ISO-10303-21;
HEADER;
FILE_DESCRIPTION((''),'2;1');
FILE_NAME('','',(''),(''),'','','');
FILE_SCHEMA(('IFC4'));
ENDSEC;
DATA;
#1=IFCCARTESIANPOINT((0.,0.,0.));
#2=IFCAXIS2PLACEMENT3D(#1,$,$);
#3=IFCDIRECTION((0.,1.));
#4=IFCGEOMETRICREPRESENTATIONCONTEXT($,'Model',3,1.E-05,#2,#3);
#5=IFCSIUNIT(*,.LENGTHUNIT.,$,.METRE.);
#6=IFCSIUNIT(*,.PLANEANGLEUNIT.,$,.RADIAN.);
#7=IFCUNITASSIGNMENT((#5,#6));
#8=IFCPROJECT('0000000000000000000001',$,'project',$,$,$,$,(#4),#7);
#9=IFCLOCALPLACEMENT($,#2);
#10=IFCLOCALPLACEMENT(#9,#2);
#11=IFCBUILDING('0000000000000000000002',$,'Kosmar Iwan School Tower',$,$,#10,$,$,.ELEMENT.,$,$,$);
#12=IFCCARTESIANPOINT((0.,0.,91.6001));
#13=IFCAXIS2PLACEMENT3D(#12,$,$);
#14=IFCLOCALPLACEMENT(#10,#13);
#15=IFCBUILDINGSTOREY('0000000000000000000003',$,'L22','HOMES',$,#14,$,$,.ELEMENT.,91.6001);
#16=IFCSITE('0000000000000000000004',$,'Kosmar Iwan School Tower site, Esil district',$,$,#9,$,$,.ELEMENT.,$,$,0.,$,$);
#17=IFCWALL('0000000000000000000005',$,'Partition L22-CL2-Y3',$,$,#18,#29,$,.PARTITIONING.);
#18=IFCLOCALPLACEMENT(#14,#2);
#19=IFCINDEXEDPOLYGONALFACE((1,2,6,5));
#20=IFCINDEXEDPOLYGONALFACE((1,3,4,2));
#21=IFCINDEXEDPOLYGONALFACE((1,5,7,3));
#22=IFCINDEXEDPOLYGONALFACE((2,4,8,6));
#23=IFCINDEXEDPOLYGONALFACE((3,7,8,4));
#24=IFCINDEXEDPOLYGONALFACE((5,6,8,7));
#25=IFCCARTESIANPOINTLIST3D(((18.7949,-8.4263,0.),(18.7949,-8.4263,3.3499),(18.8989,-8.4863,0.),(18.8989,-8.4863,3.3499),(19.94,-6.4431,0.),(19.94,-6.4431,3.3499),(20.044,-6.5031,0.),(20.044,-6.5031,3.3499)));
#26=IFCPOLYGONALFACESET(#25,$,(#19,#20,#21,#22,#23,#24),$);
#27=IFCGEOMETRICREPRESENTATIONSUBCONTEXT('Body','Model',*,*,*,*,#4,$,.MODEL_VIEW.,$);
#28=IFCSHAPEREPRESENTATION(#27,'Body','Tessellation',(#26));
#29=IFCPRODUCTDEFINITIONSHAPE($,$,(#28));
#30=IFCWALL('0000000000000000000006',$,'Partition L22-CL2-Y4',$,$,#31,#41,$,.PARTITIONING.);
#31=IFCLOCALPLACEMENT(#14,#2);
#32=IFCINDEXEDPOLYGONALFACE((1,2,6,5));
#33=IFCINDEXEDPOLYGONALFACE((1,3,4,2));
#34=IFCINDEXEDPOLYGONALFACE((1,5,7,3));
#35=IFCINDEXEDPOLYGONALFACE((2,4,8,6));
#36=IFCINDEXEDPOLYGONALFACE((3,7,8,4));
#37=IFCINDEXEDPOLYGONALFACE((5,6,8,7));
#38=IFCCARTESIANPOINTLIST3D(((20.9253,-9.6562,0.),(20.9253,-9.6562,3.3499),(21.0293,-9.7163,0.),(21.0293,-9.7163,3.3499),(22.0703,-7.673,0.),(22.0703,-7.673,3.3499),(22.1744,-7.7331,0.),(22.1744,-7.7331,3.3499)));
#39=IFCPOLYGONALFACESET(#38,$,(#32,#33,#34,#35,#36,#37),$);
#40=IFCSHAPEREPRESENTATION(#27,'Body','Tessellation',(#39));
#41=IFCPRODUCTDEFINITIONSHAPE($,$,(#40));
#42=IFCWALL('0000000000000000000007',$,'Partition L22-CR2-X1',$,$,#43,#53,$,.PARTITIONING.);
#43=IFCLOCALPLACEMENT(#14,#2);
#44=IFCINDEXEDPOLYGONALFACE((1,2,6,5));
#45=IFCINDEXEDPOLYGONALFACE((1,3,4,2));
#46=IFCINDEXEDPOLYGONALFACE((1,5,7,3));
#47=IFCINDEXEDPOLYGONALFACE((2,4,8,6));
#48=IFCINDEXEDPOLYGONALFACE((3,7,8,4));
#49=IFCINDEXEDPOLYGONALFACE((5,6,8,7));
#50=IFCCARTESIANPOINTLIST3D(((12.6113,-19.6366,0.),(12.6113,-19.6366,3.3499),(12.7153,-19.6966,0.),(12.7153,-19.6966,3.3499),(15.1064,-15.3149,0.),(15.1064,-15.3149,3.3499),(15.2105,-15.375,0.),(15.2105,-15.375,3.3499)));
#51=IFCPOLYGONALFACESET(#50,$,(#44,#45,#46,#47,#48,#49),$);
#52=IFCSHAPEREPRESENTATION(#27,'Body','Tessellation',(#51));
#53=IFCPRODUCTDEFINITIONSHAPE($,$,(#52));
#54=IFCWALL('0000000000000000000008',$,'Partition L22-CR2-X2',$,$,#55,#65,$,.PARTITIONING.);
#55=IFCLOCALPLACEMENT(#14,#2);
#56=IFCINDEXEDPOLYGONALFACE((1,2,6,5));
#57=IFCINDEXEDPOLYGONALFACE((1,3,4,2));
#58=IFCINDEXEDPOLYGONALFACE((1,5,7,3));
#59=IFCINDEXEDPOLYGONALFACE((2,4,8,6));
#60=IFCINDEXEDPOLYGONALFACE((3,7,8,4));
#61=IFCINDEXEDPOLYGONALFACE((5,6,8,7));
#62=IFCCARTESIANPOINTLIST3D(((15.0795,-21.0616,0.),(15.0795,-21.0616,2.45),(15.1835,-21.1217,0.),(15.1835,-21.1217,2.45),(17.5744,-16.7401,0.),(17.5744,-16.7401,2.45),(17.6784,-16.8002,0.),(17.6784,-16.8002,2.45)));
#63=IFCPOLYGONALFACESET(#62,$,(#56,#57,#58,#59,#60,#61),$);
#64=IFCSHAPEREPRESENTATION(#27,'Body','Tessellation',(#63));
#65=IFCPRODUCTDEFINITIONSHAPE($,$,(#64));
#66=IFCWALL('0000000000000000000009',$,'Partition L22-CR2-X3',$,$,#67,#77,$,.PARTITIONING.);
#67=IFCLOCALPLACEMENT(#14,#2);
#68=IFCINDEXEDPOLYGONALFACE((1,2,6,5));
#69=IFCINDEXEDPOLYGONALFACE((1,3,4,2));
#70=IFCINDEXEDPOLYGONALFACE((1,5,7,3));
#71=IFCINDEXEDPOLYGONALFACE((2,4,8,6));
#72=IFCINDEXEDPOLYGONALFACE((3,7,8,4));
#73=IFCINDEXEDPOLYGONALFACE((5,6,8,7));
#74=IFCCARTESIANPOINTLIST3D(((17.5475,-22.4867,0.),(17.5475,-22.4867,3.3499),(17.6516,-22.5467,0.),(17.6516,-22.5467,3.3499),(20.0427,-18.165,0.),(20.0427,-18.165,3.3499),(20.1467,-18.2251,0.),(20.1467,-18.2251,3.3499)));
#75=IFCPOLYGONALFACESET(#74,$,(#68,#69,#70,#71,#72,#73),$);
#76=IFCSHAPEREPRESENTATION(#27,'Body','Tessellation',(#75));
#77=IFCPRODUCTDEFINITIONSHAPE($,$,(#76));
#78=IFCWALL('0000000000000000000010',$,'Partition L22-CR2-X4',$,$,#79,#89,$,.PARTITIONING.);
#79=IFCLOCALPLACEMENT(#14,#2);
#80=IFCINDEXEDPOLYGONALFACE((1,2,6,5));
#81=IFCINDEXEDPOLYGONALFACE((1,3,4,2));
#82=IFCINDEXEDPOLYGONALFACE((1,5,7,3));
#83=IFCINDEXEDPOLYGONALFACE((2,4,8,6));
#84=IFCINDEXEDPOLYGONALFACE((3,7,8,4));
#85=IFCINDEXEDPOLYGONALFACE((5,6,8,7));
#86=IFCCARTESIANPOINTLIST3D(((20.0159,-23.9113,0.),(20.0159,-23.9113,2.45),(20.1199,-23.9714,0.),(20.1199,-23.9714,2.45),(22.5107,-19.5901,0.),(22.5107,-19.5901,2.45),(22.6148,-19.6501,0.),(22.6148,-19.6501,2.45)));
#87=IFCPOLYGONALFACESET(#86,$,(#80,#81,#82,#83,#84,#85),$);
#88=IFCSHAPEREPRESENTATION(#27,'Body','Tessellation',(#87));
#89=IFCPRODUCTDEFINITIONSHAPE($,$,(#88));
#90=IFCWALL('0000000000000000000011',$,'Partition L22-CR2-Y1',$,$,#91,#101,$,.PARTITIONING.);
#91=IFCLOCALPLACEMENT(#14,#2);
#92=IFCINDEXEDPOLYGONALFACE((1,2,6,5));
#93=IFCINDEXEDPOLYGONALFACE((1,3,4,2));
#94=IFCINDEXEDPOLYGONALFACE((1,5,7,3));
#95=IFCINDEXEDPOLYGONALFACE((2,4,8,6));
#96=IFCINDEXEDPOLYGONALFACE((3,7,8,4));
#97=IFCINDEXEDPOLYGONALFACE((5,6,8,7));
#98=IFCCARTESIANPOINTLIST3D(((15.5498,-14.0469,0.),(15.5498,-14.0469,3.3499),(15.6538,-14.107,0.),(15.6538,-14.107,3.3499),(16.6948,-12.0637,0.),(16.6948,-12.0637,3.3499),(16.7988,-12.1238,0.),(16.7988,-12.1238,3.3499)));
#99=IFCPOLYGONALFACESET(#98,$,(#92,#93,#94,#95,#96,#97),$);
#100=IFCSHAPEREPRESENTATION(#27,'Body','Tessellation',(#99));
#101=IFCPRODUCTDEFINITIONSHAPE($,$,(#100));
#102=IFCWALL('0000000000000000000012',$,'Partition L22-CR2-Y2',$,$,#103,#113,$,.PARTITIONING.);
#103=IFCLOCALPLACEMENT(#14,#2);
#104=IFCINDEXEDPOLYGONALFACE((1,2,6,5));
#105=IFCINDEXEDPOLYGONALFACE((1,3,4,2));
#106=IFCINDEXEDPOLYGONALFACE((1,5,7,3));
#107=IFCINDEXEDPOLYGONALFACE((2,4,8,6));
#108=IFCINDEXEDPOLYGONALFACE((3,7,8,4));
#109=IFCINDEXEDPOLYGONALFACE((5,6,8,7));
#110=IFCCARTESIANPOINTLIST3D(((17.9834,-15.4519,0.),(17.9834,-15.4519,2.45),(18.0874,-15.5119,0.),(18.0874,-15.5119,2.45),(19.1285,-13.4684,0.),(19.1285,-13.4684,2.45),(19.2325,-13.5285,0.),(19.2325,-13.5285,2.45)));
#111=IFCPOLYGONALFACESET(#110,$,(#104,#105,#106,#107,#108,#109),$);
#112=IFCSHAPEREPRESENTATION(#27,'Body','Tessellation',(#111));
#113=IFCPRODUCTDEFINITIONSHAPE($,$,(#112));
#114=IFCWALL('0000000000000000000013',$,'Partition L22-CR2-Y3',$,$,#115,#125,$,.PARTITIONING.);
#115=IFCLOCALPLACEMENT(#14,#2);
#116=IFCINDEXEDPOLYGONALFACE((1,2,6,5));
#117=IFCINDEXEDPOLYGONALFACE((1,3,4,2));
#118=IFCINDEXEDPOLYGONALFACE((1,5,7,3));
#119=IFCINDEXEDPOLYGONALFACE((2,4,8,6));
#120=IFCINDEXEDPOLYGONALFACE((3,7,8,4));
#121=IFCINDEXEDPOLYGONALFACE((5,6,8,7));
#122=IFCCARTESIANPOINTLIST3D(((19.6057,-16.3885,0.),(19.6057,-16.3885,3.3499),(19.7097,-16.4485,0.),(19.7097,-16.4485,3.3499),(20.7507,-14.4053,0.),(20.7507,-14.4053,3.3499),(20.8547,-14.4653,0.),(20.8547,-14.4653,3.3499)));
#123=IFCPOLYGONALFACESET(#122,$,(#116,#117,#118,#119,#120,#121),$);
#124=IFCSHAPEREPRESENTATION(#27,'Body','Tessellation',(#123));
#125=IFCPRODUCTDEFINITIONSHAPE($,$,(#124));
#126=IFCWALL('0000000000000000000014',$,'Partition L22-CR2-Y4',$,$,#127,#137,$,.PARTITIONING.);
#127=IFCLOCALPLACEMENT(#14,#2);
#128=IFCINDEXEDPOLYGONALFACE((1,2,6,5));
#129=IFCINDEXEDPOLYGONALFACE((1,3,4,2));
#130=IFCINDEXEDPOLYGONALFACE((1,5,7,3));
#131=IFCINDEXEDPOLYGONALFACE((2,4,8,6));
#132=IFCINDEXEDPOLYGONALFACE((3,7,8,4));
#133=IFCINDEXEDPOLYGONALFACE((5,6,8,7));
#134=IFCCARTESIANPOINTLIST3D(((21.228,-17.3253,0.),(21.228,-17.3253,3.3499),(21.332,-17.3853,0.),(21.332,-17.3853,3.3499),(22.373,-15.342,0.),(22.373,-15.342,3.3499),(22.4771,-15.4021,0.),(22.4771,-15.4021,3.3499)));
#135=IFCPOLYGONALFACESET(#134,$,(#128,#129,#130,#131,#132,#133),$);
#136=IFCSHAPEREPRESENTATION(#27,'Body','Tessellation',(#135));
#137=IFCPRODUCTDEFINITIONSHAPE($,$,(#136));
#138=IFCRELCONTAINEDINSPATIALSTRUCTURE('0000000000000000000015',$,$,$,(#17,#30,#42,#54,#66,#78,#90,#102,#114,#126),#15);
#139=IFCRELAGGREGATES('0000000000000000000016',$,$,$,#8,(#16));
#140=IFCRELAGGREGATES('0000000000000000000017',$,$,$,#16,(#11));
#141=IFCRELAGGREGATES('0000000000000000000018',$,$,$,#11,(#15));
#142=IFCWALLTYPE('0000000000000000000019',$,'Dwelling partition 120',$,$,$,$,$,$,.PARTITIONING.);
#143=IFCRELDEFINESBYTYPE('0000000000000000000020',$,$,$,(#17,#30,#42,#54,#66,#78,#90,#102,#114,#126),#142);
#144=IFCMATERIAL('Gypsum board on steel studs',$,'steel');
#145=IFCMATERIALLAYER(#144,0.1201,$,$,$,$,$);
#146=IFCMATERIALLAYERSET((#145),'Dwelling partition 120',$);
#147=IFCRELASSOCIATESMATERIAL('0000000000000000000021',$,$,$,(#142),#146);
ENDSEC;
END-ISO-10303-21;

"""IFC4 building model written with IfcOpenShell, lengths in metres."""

from ifc_helpers import new_model, si_unit, direction, frame, frame_2d, origin, place, context, subcontext, project, spatial, rectangle, extrude, material, layer, layer_set, type_object, element, save


model = new_model("IFC4")

# Units and contexts
model_context = context("Model", 3, precision=1e-05, world=origin(), true_north=direction((0.0, 1.0)))
body_context = subcontext(model_context, "Body", "Model", "MODEL_VIEW")
ifc_project = project(units=[si_unit("LENGTHUNIT", "METRE"), si_unit("PLANEANGLEUNIT", "RADIAN")], contexts=[model_context])

# Site, building, storey
site_placement = place(None, origin())
site = spatial("IfcSite", under=ifc_project, at=site_placement, Name="Kosmar Iwan School Tower site, Esil district", CompositionType="ELEMENT", RefElevation=0.0)
building_placement = place(site_placement, origin())
building = spatial("IfcBuilding", under=site, at=building_placement, Name="Kosmar Iwan School Tower", CompositionType="ELEMENT")
storey_placement = place(building_placement, frame((0.0, 0.0, 91.6001)))
storey = spatial("IfcBuildingStorey", under=building, at=storey_placement, Name="L22", Description="HOMES", CompositionType="ELEMENT", Elevation=91.6001)

# Walls
ifc_material_1 = material(Name="Gypsum board on steel studs", Category="steel")
ifc_layer_1 = layer(ifc_material_1, 0.1201)
ifc_layer_set_1 = layer_set([ifc_layer_1], Name="Dwelling partition 120")
wall_type_1 = type_object("IfcWallType", Name="Dwelling partition 120", PredefinedType="PARTITIONING", material=ifc_layer_set_1)
for number, where, z_axis, x_axis, name in (
    (1, (18.8469, -8.4563, 0.0), (0.0, 0.0, 1.0), (0.500015, 0.866017, 0.0), "Partition L22-CL2-Y3"),
    (2, (20.9773, -9.6863, 0.0), (0.0, 0.0, 1.0), (0.500015, 0.866017, 0.0), "Partition L22-CL2-Y4"),
):
    element("IfcWall", number, at=place(storey_placement, frame(where, z_axis=z_axis, x_axis=x_axis)), inside=storey, type_object=wall_type_1, Name=name, PredefinedType="PARTITIONING", context=body_context, shape_type="SweptSolid", body=[
        extrude(rectangle(XDim=2.29, YDim=0.1201, at=frame_2d((1.145, 0.0))), origin(), (0.0, 0.0, 1.0), 3.3499),
    ])
wall_1_placement = place(storey_placement, frame((15.1584, -15.345, 0.0), z_axis=(0.0, 0.0, 1.0), x_axis=(-0.500012, -0.866019, 0.0)))
element("IfcWall", 3, at=wall_1_placement, inside=storey, type_object=wall_type_1, Name="Partition L22-CR2-X1", PredefinedType="PARTITIONING", context=body_context, shape_type="SweptSolid", body=[
    extrude(rectangle(XDim=4.9902, YDim=0.1201, at=frame_2d((2.4951, 0.0))), origin(), (0.0, 0.0, 1.0), 3.3499),
])
wall_2_placement = place(storey_placement, frame((17.6265, -16.77, 0.0), z_axis=(0.0, 0.0, 1.0), x_axis=(-0.499975, -0.86604, 0.0)))
element("IfcWall", 4, at=wall_2_placement, inside=storey, type_object=wall_type_1, Name="Partition L22-CR2-X2", PredefinedType="PARTITIONING", context=body_context, shape_type="SweptSolid", body=[
    extrude(rectangle(XDim=4.99, YDim=0.1201, at=frame_2d((2.4951, 0.0))), origin(), (0.0, 0.0, 1.0), 2.45),
])
wall_3_placement = place(storey_placement, frame((20.0947, -18.1951, 0.0), z_axis=(0.0, 0.0, 1.0), x_axis=(-0.500012, -0.866019, 0.0)))
element("IfcWall", 5, at=wall_3_placement, inside=storey, type_object=wall_type_1, Name="Partition L22-CR2-X3", PredefinedType="PARTITIONING", context=body_context, shape_type="SweptSolid", body=[
    extrude(rectangle(XDim=4.9902, YDim=0.1201, at=frame_2d((2.4951, 0.0))), origin(), (0.0, 0.0, 1.0), 3.3499),
])
wall_4_placement = place(storey_placement, frame((22.5627, -19.6201, 0.0), z_axis=(0.0, 0.0, 1.0), x_axis=(-0.499996, -0.866028, 0.0)))
element("IfcWall", 6, at=wall_4_placement, inside=storey, type_object=wall_type_1, Name="Partition L22-CR2-X4", PredefinedType="PARTITIONING", context=body_context, shape_type="SweptSolid", body=[
    extrude(rectangle(XDim=4.9897, YDim=0.1201, at=frame_2d((2.4949, 0.0))), origin(), (0.0, 0.0, 1.0), 2.45),
])
wall_5_placement = place(storey_placement, frame((16.7468, -12.0938, 0.0), z_axis=(0.0, 0.0, 1.0), x_axis=(-0.500015, -0.866017, 0.0)))
element("IfcWall", 7, at=wall_5_placement, inside=storey, type_object=wall_type_1, Name="Partition L22-CR2-Y1", PredefinedType="PARTITIONING", context=body_context, shape_type="SweptSolid", body=[
    extrude(rectangle(XDim=2.29, YDim=0.1201, at=frame_2d((1.145, 0.0))), origin(), (0.0, 0.0, 1.0), 3.3499),
])
wall_6_placement = place(storey_placement, frame((19.1804, -13.4985, 0.0), z_axis=(0.0, 0.0, 1.0), x_axis=(-0.499969, -0.866044, 0.0)))
element("IfcWall", 8, at=wall_6_placement, inside=storey, type_object=wall_type_1, Name="Partition L22-CR2-Y2", PredefinedType="PARTITIONING", context=body_context, shape_type="SweptSolid", body=[
    extrude(rectangle(XDim=2.2903, YDim=0.1201, at=frame_2d((1.145, 0.0))), origin(), (0.0, 0.0, 1.0), 2.45),
])
for number, where, z_axis, x_axis, name in (
    (9, (20.8027, -14.4353, 0.0), (0.0, 0.0, 1.0), (-0.500015, -0.866017, 0.0), "Partition L22-CR2-Y3"),
    (10, (22.425, -15.3721, 0.0), (0.0, 0.0, 1.0), (-0.500015, -0.866017, 0.0), "Partition L22-CR2-Y4"),
):
    element("IfcWall", number, at=place(storey_placement, frame(where, z_axis=z_axis, x_axis=x_axis)), inside=storey, type_object=wall_type_1, Name=name, PredefinedType="PARTITIONING", context=body_context, shape_type="SweptSolid", body=[
        extrude(rectangle(XDim=2.29, YDim=0.1201, at=frame_2d((1.145, 0.0))), origin(), (0.0, 0.0, 1.0), 3.3499),
    ])

save(model, "model.ifc")
